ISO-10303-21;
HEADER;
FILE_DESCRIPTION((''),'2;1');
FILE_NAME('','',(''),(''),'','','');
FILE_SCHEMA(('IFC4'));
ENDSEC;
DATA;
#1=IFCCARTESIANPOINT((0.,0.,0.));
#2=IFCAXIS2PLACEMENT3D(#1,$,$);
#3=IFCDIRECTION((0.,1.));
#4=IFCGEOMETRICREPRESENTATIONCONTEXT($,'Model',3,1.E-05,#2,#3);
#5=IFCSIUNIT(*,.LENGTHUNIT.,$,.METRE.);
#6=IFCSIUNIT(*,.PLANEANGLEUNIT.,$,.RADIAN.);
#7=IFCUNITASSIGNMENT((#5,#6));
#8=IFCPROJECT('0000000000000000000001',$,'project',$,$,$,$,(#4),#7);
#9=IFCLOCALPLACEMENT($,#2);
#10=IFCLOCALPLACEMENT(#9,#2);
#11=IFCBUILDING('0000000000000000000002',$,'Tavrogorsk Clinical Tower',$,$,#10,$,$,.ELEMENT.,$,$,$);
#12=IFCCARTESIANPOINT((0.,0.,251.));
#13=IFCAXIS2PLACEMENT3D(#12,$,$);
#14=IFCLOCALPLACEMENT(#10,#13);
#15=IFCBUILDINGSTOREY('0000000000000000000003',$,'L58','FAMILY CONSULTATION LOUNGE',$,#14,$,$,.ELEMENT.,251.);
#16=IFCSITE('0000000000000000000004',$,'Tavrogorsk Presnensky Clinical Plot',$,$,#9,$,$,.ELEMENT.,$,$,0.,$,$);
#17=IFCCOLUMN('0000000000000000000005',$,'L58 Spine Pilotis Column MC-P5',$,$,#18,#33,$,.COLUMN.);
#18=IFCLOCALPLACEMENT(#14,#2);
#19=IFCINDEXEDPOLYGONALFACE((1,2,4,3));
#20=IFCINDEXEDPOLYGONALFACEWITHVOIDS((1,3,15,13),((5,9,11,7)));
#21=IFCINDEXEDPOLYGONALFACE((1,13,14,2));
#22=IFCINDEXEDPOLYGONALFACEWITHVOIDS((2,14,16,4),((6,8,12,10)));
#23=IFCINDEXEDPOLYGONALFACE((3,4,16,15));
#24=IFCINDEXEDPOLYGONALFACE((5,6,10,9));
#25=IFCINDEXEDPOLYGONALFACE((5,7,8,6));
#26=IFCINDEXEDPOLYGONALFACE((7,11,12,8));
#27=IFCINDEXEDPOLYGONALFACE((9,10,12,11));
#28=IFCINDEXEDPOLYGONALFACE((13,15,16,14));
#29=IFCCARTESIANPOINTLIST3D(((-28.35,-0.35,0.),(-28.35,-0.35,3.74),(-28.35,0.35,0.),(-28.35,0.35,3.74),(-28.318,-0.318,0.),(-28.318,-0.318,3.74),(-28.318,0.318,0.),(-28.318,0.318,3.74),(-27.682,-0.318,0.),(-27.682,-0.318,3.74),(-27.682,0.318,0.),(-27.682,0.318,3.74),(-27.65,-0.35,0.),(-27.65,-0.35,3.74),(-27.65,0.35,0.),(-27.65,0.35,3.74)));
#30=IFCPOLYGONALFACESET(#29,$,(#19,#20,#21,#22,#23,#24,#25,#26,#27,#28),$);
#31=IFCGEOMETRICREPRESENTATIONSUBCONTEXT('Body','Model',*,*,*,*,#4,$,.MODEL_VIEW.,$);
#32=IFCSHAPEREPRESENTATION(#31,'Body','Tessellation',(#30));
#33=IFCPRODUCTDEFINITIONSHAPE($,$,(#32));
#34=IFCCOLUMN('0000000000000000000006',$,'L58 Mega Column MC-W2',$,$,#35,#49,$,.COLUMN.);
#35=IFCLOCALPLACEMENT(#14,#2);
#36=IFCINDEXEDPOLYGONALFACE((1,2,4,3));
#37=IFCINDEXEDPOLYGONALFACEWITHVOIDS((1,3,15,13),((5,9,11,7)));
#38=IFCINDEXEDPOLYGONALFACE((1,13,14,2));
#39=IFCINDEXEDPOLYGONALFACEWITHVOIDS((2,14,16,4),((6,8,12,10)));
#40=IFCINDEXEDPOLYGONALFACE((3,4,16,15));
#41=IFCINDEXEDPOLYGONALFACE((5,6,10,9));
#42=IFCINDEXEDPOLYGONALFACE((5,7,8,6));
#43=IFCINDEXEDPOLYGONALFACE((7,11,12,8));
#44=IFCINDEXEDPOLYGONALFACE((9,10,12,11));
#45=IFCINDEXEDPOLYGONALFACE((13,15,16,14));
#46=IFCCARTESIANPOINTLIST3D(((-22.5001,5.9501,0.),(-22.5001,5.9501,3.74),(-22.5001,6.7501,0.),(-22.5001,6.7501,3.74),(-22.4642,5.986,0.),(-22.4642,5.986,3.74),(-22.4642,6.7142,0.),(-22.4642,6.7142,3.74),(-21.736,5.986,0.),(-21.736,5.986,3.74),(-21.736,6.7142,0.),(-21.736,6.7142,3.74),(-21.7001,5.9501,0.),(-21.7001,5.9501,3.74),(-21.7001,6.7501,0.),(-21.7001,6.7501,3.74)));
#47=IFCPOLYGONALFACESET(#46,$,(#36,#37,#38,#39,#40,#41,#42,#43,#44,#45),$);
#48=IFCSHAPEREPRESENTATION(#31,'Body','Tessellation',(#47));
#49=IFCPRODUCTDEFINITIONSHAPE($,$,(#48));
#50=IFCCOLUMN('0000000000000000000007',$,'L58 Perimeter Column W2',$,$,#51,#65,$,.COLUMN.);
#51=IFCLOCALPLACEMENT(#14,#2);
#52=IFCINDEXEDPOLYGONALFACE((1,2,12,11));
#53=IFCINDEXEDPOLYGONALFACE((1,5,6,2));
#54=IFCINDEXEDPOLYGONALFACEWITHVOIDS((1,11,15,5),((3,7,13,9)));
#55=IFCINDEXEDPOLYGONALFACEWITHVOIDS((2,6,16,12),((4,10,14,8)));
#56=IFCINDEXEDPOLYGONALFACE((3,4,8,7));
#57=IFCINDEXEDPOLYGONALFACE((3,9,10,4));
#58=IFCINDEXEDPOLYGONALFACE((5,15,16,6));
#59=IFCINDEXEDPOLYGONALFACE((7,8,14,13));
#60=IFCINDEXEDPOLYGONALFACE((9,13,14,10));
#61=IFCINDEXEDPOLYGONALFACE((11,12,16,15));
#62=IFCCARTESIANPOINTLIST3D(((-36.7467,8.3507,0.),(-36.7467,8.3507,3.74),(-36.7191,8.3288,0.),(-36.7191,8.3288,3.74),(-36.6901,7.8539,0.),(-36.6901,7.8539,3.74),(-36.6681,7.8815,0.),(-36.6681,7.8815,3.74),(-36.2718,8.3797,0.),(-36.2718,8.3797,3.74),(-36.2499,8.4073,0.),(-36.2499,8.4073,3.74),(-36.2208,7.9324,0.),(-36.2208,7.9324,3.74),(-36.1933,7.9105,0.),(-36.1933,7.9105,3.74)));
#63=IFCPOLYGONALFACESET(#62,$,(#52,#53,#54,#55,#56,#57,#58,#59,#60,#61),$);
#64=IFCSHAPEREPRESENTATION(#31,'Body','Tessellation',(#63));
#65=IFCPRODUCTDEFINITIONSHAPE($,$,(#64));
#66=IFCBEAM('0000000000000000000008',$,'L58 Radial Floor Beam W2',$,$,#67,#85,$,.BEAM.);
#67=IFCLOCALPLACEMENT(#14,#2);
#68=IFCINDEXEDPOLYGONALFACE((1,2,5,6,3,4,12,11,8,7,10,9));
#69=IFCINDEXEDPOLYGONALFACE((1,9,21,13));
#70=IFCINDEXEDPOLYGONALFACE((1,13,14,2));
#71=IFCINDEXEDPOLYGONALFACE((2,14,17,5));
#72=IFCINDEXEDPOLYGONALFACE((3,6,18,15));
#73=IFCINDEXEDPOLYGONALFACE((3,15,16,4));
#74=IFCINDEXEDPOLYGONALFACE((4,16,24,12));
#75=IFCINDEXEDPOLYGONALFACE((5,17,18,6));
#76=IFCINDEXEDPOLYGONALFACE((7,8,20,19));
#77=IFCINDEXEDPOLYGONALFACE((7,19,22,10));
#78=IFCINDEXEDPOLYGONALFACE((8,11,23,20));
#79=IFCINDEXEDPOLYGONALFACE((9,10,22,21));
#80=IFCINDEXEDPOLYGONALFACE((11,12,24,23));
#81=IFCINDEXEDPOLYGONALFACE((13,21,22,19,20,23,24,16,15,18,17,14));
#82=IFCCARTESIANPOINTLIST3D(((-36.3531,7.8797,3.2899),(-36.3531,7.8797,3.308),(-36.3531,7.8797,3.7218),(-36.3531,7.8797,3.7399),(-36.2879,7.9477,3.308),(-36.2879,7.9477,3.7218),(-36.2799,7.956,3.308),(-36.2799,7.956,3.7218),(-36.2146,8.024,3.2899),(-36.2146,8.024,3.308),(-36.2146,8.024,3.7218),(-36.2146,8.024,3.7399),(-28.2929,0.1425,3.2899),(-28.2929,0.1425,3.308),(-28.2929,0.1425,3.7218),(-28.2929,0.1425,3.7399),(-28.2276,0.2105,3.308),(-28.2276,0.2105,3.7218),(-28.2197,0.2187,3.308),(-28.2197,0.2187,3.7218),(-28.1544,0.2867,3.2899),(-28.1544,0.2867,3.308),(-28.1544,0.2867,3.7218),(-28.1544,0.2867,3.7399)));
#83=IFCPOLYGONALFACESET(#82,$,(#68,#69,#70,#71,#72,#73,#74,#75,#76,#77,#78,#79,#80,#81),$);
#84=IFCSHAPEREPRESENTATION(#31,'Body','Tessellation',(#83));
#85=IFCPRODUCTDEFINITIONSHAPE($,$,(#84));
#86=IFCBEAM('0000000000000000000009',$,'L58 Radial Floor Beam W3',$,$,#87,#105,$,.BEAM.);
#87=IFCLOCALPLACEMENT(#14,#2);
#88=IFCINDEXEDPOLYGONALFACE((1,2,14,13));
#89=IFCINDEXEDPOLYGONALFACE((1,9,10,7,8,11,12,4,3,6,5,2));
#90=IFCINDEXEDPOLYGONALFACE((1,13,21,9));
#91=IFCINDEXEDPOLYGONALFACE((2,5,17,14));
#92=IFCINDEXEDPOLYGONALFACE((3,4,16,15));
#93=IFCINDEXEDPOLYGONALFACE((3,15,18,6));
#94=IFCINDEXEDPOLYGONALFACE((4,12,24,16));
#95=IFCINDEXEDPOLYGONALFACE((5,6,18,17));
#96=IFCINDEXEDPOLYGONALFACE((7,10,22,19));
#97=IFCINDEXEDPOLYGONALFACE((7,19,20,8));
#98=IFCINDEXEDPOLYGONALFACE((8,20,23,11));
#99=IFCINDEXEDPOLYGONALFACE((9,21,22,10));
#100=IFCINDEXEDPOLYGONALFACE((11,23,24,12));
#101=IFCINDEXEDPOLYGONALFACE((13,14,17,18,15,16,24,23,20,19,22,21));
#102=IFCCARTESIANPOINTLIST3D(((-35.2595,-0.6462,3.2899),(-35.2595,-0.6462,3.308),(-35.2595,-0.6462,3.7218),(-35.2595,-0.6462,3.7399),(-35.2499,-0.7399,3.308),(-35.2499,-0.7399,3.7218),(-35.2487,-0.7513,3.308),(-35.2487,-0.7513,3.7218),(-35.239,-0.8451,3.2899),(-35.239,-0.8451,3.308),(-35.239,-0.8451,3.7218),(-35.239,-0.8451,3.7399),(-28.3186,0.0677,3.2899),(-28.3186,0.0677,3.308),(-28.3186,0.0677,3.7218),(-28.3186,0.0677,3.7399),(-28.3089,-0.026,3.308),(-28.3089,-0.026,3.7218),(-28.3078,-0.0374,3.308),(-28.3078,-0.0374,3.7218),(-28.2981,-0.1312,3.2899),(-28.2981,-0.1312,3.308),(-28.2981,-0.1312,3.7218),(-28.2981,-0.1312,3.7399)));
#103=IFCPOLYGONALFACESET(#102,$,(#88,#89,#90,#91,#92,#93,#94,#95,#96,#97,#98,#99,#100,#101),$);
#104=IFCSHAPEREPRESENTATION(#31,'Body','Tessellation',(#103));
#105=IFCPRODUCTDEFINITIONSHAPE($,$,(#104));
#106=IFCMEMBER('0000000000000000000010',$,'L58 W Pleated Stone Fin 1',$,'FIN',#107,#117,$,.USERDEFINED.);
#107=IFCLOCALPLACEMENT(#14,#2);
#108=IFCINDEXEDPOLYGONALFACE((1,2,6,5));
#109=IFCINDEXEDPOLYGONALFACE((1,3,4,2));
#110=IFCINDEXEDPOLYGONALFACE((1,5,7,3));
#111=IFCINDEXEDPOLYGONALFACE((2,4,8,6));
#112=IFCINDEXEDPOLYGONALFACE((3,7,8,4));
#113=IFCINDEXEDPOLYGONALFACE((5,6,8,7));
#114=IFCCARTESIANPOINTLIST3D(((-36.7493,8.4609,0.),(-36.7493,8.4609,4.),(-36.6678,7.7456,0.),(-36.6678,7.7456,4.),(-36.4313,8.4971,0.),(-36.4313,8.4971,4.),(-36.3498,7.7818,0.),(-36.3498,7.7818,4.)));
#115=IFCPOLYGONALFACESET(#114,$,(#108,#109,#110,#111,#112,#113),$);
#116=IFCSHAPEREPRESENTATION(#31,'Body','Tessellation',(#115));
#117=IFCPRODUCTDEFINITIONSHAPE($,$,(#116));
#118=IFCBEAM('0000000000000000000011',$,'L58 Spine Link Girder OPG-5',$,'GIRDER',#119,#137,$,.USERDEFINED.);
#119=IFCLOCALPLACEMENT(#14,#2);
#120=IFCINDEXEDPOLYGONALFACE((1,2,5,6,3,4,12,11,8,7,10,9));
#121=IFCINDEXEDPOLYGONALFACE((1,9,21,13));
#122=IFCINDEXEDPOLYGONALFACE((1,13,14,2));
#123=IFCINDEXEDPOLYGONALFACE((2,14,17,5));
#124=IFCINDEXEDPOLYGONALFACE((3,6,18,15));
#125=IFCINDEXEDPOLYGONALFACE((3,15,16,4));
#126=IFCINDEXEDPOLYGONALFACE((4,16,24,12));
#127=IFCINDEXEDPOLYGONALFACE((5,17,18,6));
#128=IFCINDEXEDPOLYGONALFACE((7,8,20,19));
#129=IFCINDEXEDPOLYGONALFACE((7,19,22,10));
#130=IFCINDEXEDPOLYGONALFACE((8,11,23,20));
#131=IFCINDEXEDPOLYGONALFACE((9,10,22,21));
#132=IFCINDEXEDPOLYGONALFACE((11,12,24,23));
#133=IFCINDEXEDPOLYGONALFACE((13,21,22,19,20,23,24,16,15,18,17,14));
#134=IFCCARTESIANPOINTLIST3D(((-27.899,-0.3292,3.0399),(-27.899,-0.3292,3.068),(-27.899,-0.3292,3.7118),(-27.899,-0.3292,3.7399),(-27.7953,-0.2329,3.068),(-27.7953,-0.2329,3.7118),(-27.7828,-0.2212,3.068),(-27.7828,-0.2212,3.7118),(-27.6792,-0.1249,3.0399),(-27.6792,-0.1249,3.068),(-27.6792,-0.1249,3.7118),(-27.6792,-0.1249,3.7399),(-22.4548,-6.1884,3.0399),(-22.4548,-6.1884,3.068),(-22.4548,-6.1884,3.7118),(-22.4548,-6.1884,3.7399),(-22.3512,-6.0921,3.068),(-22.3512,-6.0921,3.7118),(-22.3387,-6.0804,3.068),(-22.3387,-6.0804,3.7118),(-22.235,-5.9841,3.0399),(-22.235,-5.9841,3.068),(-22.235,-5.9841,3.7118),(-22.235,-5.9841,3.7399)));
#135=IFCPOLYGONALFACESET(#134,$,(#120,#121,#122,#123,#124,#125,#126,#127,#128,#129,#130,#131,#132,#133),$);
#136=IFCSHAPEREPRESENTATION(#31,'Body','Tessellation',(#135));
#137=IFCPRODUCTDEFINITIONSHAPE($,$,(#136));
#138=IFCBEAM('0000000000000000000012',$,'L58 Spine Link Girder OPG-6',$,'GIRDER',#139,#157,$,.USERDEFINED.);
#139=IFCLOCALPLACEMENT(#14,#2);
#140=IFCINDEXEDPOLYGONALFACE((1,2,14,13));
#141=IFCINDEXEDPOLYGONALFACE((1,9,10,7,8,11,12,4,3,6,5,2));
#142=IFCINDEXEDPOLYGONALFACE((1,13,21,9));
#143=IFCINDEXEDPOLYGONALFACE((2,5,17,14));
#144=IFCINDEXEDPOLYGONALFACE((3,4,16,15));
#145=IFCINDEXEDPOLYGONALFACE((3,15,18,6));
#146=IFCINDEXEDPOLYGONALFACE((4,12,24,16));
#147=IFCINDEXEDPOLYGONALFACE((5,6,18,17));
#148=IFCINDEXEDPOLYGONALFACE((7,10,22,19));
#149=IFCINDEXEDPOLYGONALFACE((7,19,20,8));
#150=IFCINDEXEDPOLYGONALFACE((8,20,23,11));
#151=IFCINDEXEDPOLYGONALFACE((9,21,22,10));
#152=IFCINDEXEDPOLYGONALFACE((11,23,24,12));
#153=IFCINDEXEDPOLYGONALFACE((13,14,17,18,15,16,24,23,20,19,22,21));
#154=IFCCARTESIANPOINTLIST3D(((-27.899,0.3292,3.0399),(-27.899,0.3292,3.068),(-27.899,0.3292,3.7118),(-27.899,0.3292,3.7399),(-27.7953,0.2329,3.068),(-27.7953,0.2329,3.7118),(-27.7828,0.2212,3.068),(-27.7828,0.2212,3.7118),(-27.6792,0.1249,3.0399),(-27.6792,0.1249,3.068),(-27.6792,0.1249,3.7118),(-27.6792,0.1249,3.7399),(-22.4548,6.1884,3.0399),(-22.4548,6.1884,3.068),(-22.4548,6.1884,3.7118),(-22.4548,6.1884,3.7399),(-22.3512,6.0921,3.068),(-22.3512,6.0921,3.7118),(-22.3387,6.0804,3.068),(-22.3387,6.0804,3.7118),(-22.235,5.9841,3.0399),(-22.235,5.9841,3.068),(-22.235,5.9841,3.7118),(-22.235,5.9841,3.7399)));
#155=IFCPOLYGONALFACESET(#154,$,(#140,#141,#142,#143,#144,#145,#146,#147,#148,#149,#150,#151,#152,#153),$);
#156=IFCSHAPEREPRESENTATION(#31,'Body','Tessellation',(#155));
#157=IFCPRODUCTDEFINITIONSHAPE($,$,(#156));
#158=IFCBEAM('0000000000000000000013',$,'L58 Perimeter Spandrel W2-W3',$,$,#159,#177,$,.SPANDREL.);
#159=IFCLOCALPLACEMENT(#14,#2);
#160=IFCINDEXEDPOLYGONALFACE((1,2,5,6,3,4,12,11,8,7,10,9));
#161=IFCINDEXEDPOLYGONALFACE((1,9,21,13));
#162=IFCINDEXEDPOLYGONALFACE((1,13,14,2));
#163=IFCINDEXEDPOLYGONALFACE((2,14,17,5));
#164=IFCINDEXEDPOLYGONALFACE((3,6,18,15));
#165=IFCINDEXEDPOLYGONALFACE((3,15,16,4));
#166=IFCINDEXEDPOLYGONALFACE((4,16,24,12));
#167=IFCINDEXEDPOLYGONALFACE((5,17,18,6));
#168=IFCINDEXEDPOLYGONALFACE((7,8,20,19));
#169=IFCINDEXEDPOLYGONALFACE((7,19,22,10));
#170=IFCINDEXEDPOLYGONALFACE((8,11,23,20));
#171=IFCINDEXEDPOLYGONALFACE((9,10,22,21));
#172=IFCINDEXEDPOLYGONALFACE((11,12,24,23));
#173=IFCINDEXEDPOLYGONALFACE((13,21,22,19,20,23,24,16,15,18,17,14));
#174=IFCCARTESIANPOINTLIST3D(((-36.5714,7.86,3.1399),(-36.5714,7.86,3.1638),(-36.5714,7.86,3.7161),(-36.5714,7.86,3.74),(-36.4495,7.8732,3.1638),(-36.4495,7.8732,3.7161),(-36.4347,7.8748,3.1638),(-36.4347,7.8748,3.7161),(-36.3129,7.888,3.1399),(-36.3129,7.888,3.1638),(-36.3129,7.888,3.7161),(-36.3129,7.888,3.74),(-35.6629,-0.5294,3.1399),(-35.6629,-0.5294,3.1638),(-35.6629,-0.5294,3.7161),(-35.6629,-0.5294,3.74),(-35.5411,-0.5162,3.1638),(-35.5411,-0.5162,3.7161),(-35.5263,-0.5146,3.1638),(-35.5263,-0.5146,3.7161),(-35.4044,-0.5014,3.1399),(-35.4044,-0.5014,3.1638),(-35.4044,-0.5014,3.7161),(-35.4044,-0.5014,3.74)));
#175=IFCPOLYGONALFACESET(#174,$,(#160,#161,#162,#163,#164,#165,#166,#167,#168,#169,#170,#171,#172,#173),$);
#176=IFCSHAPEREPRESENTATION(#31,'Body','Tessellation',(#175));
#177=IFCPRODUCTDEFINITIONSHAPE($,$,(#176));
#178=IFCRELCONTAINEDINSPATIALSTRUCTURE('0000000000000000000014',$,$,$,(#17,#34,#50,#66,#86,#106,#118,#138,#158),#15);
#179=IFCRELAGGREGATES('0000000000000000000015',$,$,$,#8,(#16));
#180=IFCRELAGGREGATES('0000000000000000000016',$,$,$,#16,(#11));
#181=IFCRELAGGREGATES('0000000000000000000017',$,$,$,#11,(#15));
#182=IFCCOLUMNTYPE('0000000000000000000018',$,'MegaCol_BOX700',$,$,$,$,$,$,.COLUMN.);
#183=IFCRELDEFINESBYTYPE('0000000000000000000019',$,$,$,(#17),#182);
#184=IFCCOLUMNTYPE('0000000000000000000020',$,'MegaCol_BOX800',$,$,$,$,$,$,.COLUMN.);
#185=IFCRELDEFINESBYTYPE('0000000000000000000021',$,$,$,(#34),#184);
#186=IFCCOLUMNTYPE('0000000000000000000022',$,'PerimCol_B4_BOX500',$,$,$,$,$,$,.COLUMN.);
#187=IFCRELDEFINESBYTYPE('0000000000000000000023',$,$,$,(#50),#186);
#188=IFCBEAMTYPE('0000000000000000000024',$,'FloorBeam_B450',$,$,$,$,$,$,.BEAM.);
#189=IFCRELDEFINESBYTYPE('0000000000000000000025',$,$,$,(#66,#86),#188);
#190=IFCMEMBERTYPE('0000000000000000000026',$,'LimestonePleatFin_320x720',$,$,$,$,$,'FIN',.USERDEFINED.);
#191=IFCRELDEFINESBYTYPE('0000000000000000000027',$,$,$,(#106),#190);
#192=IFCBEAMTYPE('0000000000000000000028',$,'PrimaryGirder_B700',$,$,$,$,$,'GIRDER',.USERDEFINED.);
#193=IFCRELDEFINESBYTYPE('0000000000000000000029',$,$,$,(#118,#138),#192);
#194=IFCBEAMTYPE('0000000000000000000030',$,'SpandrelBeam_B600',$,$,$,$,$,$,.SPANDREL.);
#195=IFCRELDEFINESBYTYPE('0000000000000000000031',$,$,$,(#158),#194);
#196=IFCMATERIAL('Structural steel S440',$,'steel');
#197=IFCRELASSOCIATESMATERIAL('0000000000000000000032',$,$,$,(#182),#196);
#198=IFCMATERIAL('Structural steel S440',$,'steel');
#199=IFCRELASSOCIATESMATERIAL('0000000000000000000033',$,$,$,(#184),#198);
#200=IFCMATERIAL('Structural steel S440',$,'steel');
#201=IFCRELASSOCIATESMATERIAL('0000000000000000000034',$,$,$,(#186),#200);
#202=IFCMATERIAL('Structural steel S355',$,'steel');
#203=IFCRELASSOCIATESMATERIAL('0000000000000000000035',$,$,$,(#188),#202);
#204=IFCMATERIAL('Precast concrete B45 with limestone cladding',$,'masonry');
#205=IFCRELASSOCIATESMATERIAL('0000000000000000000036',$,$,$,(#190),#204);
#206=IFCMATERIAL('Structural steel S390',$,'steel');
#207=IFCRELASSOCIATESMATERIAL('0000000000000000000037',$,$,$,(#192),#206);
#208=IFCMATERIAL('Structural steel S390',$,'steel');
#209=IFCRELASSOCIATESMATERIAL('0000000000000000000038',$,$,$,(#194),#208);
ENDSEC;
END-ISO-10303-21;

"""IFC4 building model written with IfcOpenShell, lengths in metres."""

from ifc_helpers import new_model, si_unit, direction, frame, origin, origin_2d, place, context, subcontext, project, spatial, rectangle, hollow_rectangle, i_section, extrude, material, material_profile, profile_set, type_object, element, save


model = new_model("IFC4")

# Units and contexts
model_context = context("Model", 3, precision=1e-05, world=origin(), true_north=direction((0.0, 1.0)))
body_context = subcontext(model_context, "Body", "Model", "MODEL_VIEW")
ifc_project = project(units=[si_unit("LENGTHUNIT", "METRE"), si_unit("PLANEANGLEUNIT", "RADIAN")], contexts=[model_context])

# Site, building, storey
site_placement = place(None, origin())
site = spatial("IfcSite", under=ifc_project, at=site_placement, Name="Tavrogorsk Presnensky Clinical Plot", CompositionType="ELEMENT", RefElevation=0.0)
building_placement = place(site_placement, origin())
building = spatial("IfcBuilding", under=site, at=building_placement, Name="Tavrogorsk Clinical Tower", CompositionType="ELEMENT")
storey_placement = place(building_placement, frame((0.0, 0.0, 251.0)))
storey = spatial("IfcBuildingStorey", under=building, at=storey_placement, Name="L58", Description="FAMILY CONSULTATION LOUNGE", CompositionType="ELEMENT", Elevation=251.0)

# Columns
ifc_material_1 = material(Name="Structural steel S440", Category="steel")
ifc_material_profile_1 = material_profile(ifc_material_1, hollow_rectangle(XDim=0.7, YDim=0.7, WallThickness=0.032, at=origin_2d()), Name="BOX-700x700x32")
ifc_profile_set_1 = profile_set([ifc_material_profile_1], Name="Structural steel S440")
column_type_1 = type_object("IfcColumnType", Name="MegaCol_BOX700", PredefinedType="COLUMN", material=ifc_profile_set_1)
column_1_placement = place(storey_placement, frame((-28.0, 0.0, 0.0), z_axis=(0.0, 0.0, 1.0), x_axis=(1.0, 0.0, 0.0)))
element("IfcColumn", 1, at=column_1_placement, inside=storey, type_object=column_type_1, Name="L58 Spine Pilotis Column MC-P5", PredefinedType="COLUMN", context=body_context, shape_type="SweptSolid", body=[
    extrude(hollow_rectangle(XDim=0.7, YDim=0.7, WallThickness=0.032, at=origin_2d()), origin(), (0.0, 0.0, 1.0), 3.74),
])
ifc_material_2 = material(Name="Structural steel S440", Category="steel")
ifc_material_profile_2 = material_profile(ifc_material_2, hollow_rectangle(XDim=0.8, YDim=0.8, WallThickness=0.0359, at=origin_2d()), Name="BOX-800x800x36")
ifc_profile_set_2 = profile_set([ifc_material_profile_2], Name="Structural steel S440")
column_type_2 = type_object("IfcColumnType", Name="MegaCol_BOX800", PredefinedType="COLUMN", material=ifc_profile_set_2)
column_2_placement = place(storey_placement, frame((-22.1001, 6.3501, 0.0), z_axis=(0.0, 0.0, 1.0), x_axis=(1.0, 0.0, 0.0)))
element("IfcColumn", 2, at=column_2_placement, inside=storey, type_object=column_type_2, Name="L58 Mega Column MC-W2", PredefinedType="COLUMN", context=body_context, shape_type="SweptSolid", body=[
    extrude(hollow_rectangle(XDim=0.8, YDim=0.8, WallThickness=0.0359, at=origin_2d()), origin(), (0.0, 0.0, 1.0), 3.74),
])
ifc_material_3 = material(Name="Structural steel S440", Category="steel")
ifc_material_profile_3 = material_profile(ifc_material_3, hollow_rectangle(XDim=0.5, YDim=0.5, WallThickness=0.0249, at=origin_2d()), Name="BOX-500x500x25")
ifc_profile_set_3 = profile_set([ifc_material_profile_3], Name="Structural steel S440")
column_type_3 = type_object("IfcColumnType", Name="PerimCol_B4_BOX500", PredefinedType="COLUMN", material=ifc_profile_set_3)
column_3_placement = place(storey_placement, frame((-36.47, 8.1306, 0.0), z_axis=(0.0, 0.0, 1.0), x_axis=(0.993572, 0.113203, 0.0)))
element("IfcColumn", 3, at=column_3_placement, inside=storey, type_object=column_type_3, Name="L58 Perimeter Column W2", PredefinedType="COLUMN", context=body_context, shape_type="SweptSolid", body=[
    extrude(hollow_rectangle(XDim=0.5, YDim=0.5, WallThickness=0.0249, at=origin_2d()), origin(), (0.0, 0.0, 1.0), 3.74),
])

# Beams
ifc_material_4 = material(Name="Structural steel S355", Category="steel")
ifc_material_profile_4 = material_profile(ifc_material_4, i_section(OverallWidth=0.2, OverallDepth=0.45, WebThickness=0.0115, FlangeThickness=0.0181, at=origin_2d()), Name="B-450x200x11.5x18")
ifc_profile_set_4 = profile_set([ifc_material_profile_4], Name="Structural steel S355")
beam_type_1 = type_object("IfcBeamType", Name="FloorBeam_B450", PredefinedType="BEAM", material=ifc_profile_set_4)
beam_1_placement = place(storey_placement, frame((-28.2236, 0.2146, 3.5149), z_axis=(-0.721414, 0.692505, 0.0), x_axis=(-0.692505, -0.721414, 0.0)))
element("IfcBeam", 4, at=beam_1_placement, inside=storey, type_object=beam_type_1, Name="L58 Radial Floor Beam W2", PredefinedType="BEAM", context=body_context, shape_type="SweptSolid", body=[
    extrude(i_section(OverallWidth=0.2, OverallDepth=0.45, WebThickness=0.0115, FlangeThickness=0.0181, at=origin_2d()), origin(), (0.0, 0.0, 1.0), 11.1729),
])
beam_2_placement = place(storey_placement, frame((-28.3083, -0.0317, 3.5149), z_axis=(-0.994753, -0.102309, 0.0), x_axis=(0.102309, -0.994753, 0.0)))
element("IfcBeam", 5, at=beam_2_placement, inside=storey, type_object=beam_type_1, Name="L58 Radial Floor Beam W3", PredefinedType="BEAM", context=body_context, shape_type="SweptSolid", body=[
    extrude(i_section(OverallWidth=0.2, OverallDepth=0.45, WebThickness=0.0115, FlangeThickness=0.0181, at=origin_2d()), origin(), (0.0, 0.0, 1.0), 6.9775),
])

# Member
ifc_material_5 = material(Name="Precast concrete B45 with limestone cladding", Category="masonry")
ifc_material_profile_5 = material_profile(ifc_material_5, rectangle(XDim=0.3201, YDim=0.72, at=origin_2d()), Name="LIMESTONE-FIN-320x720")
ifc_profile_set_5 = profile_set([ifc_material_profile_5], Name="Precast concrete B45 with limestone cladding")
member_type = type_object("IfcMemberType", Name="LimestonePleatFin_320x720", ElementType="FIN", PredefinedType="USERDEFINED", material=ifc_profile_set_5)
member_placement = place(storey_placement, frame((-36.5496, 8.1213, 0.0), z_axis=(0.0, 0.0, 1.0), x_axis=(0.993572, 0.113203, 0.0)))
element("IfcMember", 6, at=member_placement, inside=storey, type_object=member_type, Name="L58 W Pleated Stone Fin 1", ObjectType="FIN", PredefinedType="USERDEFINED", context=body_context, shape_type="SweptSolid", body=[
    extrude(rectangle(XDim=0.3201, YDim=0.72, at=origin_2d()), origin(), (0.0, 0.0, 1.0), 4.0),
])

# Beams
ifc_material_6 = material(Name="Structural steel S390", Category="steel")
ifc_material_profile_6 = material_profile(ifc_material_6, i_section(OverallWidth=0.3, OverallDepth=0.7, WebThickness=0.0171, FlangeThickness=0.0281, at=origin_2d()), Name="B-700x300x17x28")
ifc_profile_set_6 = profile_set([ifc_material_profile_6], Name="Structural steel S390")
beam_type_2 = type_object("IfcBeamType", Name="PrimaryGirder_B700", ElementType="GIRDER", PredefinedType="USERDEFINED", material=ifc_profile_set_6)
for number, where, z_axis, x_axis, name in (
    (7, (-27.7891, -0.2271, 3.3899), (0.680684, -0.732577, 0.0), (0.732577, 0.680684, 0.0), "L58 Spine Link Girder OPG-5"),
    (8, (-27.7891, 0.2271, 3.3899), (0.680684, 0.732577, 0.0), (-0.732577, 0.680684, 0.0), "L58 Spine Link Girder OPG-6"),
):
    element("IfcBeam", number, at=place(storey_placement, frame(where, z_axis=z_axis, x_axis=x_axis)), inside=storey, type_object=beam_type_2, Name=name, ObjectType="GIRDER", PredefinedType="USERDEFINED", context=body_context, shape_type="SweptSolid", body=[
        extrude(i_section(OverallWidth=0.3, OverallDepth=0.7, WebThickness=0.0171, FlangeThickness=0.0281, at=origin_2d()), origin(), (0.0, 0.0, 1.0), 7.998),
    ])
ifc_material_7 = material(Name="Structural steel S390", Category="steel")
ifc_material_profile_7 = material_profile(ifc_material_7, i_section(OverallWidth=0.26, OverallDepth=0.6001, WebThickness=0.0149, FlangeThickness=0.0239, at=origin_2d()), Name="B-600x260x15x24")
ifc_profile_set_7 = profile_set([ifc_material_profile_7], Name="Structural steel S390")
beam_type_3 = type_object("IfcBeamType", Name="SpandrelBeam_B600", PredefinedType="SPANDREL", material=ifc_profile_set_7)
beam_3_placement = place(storey_placement, frame((-36.4421, 7.874, 3.4399), z_axis=(0.107656, -0.994188, 0.0), x_axis=(0.994188, 0.107656, 0.0)))
element("IfcBeam", 9, at=beam_3_placement, inside=storey, type_object=beam_type_3, Name="L58 Perimeter Spandrel W2-W3", PredefinedType="SPANDREL", context=body_context, shape_type="SweptSolid", body=[
    extrude(i_section(OverallWidth=0.26, OverallDepth=0.6001, WebThickness=0.0149, FlangeThickness=0.0239, at=origin_2d()), origin(), (0.0, 0.0, 1.0), 8.4385),
])

save(model, "model.ifc")
